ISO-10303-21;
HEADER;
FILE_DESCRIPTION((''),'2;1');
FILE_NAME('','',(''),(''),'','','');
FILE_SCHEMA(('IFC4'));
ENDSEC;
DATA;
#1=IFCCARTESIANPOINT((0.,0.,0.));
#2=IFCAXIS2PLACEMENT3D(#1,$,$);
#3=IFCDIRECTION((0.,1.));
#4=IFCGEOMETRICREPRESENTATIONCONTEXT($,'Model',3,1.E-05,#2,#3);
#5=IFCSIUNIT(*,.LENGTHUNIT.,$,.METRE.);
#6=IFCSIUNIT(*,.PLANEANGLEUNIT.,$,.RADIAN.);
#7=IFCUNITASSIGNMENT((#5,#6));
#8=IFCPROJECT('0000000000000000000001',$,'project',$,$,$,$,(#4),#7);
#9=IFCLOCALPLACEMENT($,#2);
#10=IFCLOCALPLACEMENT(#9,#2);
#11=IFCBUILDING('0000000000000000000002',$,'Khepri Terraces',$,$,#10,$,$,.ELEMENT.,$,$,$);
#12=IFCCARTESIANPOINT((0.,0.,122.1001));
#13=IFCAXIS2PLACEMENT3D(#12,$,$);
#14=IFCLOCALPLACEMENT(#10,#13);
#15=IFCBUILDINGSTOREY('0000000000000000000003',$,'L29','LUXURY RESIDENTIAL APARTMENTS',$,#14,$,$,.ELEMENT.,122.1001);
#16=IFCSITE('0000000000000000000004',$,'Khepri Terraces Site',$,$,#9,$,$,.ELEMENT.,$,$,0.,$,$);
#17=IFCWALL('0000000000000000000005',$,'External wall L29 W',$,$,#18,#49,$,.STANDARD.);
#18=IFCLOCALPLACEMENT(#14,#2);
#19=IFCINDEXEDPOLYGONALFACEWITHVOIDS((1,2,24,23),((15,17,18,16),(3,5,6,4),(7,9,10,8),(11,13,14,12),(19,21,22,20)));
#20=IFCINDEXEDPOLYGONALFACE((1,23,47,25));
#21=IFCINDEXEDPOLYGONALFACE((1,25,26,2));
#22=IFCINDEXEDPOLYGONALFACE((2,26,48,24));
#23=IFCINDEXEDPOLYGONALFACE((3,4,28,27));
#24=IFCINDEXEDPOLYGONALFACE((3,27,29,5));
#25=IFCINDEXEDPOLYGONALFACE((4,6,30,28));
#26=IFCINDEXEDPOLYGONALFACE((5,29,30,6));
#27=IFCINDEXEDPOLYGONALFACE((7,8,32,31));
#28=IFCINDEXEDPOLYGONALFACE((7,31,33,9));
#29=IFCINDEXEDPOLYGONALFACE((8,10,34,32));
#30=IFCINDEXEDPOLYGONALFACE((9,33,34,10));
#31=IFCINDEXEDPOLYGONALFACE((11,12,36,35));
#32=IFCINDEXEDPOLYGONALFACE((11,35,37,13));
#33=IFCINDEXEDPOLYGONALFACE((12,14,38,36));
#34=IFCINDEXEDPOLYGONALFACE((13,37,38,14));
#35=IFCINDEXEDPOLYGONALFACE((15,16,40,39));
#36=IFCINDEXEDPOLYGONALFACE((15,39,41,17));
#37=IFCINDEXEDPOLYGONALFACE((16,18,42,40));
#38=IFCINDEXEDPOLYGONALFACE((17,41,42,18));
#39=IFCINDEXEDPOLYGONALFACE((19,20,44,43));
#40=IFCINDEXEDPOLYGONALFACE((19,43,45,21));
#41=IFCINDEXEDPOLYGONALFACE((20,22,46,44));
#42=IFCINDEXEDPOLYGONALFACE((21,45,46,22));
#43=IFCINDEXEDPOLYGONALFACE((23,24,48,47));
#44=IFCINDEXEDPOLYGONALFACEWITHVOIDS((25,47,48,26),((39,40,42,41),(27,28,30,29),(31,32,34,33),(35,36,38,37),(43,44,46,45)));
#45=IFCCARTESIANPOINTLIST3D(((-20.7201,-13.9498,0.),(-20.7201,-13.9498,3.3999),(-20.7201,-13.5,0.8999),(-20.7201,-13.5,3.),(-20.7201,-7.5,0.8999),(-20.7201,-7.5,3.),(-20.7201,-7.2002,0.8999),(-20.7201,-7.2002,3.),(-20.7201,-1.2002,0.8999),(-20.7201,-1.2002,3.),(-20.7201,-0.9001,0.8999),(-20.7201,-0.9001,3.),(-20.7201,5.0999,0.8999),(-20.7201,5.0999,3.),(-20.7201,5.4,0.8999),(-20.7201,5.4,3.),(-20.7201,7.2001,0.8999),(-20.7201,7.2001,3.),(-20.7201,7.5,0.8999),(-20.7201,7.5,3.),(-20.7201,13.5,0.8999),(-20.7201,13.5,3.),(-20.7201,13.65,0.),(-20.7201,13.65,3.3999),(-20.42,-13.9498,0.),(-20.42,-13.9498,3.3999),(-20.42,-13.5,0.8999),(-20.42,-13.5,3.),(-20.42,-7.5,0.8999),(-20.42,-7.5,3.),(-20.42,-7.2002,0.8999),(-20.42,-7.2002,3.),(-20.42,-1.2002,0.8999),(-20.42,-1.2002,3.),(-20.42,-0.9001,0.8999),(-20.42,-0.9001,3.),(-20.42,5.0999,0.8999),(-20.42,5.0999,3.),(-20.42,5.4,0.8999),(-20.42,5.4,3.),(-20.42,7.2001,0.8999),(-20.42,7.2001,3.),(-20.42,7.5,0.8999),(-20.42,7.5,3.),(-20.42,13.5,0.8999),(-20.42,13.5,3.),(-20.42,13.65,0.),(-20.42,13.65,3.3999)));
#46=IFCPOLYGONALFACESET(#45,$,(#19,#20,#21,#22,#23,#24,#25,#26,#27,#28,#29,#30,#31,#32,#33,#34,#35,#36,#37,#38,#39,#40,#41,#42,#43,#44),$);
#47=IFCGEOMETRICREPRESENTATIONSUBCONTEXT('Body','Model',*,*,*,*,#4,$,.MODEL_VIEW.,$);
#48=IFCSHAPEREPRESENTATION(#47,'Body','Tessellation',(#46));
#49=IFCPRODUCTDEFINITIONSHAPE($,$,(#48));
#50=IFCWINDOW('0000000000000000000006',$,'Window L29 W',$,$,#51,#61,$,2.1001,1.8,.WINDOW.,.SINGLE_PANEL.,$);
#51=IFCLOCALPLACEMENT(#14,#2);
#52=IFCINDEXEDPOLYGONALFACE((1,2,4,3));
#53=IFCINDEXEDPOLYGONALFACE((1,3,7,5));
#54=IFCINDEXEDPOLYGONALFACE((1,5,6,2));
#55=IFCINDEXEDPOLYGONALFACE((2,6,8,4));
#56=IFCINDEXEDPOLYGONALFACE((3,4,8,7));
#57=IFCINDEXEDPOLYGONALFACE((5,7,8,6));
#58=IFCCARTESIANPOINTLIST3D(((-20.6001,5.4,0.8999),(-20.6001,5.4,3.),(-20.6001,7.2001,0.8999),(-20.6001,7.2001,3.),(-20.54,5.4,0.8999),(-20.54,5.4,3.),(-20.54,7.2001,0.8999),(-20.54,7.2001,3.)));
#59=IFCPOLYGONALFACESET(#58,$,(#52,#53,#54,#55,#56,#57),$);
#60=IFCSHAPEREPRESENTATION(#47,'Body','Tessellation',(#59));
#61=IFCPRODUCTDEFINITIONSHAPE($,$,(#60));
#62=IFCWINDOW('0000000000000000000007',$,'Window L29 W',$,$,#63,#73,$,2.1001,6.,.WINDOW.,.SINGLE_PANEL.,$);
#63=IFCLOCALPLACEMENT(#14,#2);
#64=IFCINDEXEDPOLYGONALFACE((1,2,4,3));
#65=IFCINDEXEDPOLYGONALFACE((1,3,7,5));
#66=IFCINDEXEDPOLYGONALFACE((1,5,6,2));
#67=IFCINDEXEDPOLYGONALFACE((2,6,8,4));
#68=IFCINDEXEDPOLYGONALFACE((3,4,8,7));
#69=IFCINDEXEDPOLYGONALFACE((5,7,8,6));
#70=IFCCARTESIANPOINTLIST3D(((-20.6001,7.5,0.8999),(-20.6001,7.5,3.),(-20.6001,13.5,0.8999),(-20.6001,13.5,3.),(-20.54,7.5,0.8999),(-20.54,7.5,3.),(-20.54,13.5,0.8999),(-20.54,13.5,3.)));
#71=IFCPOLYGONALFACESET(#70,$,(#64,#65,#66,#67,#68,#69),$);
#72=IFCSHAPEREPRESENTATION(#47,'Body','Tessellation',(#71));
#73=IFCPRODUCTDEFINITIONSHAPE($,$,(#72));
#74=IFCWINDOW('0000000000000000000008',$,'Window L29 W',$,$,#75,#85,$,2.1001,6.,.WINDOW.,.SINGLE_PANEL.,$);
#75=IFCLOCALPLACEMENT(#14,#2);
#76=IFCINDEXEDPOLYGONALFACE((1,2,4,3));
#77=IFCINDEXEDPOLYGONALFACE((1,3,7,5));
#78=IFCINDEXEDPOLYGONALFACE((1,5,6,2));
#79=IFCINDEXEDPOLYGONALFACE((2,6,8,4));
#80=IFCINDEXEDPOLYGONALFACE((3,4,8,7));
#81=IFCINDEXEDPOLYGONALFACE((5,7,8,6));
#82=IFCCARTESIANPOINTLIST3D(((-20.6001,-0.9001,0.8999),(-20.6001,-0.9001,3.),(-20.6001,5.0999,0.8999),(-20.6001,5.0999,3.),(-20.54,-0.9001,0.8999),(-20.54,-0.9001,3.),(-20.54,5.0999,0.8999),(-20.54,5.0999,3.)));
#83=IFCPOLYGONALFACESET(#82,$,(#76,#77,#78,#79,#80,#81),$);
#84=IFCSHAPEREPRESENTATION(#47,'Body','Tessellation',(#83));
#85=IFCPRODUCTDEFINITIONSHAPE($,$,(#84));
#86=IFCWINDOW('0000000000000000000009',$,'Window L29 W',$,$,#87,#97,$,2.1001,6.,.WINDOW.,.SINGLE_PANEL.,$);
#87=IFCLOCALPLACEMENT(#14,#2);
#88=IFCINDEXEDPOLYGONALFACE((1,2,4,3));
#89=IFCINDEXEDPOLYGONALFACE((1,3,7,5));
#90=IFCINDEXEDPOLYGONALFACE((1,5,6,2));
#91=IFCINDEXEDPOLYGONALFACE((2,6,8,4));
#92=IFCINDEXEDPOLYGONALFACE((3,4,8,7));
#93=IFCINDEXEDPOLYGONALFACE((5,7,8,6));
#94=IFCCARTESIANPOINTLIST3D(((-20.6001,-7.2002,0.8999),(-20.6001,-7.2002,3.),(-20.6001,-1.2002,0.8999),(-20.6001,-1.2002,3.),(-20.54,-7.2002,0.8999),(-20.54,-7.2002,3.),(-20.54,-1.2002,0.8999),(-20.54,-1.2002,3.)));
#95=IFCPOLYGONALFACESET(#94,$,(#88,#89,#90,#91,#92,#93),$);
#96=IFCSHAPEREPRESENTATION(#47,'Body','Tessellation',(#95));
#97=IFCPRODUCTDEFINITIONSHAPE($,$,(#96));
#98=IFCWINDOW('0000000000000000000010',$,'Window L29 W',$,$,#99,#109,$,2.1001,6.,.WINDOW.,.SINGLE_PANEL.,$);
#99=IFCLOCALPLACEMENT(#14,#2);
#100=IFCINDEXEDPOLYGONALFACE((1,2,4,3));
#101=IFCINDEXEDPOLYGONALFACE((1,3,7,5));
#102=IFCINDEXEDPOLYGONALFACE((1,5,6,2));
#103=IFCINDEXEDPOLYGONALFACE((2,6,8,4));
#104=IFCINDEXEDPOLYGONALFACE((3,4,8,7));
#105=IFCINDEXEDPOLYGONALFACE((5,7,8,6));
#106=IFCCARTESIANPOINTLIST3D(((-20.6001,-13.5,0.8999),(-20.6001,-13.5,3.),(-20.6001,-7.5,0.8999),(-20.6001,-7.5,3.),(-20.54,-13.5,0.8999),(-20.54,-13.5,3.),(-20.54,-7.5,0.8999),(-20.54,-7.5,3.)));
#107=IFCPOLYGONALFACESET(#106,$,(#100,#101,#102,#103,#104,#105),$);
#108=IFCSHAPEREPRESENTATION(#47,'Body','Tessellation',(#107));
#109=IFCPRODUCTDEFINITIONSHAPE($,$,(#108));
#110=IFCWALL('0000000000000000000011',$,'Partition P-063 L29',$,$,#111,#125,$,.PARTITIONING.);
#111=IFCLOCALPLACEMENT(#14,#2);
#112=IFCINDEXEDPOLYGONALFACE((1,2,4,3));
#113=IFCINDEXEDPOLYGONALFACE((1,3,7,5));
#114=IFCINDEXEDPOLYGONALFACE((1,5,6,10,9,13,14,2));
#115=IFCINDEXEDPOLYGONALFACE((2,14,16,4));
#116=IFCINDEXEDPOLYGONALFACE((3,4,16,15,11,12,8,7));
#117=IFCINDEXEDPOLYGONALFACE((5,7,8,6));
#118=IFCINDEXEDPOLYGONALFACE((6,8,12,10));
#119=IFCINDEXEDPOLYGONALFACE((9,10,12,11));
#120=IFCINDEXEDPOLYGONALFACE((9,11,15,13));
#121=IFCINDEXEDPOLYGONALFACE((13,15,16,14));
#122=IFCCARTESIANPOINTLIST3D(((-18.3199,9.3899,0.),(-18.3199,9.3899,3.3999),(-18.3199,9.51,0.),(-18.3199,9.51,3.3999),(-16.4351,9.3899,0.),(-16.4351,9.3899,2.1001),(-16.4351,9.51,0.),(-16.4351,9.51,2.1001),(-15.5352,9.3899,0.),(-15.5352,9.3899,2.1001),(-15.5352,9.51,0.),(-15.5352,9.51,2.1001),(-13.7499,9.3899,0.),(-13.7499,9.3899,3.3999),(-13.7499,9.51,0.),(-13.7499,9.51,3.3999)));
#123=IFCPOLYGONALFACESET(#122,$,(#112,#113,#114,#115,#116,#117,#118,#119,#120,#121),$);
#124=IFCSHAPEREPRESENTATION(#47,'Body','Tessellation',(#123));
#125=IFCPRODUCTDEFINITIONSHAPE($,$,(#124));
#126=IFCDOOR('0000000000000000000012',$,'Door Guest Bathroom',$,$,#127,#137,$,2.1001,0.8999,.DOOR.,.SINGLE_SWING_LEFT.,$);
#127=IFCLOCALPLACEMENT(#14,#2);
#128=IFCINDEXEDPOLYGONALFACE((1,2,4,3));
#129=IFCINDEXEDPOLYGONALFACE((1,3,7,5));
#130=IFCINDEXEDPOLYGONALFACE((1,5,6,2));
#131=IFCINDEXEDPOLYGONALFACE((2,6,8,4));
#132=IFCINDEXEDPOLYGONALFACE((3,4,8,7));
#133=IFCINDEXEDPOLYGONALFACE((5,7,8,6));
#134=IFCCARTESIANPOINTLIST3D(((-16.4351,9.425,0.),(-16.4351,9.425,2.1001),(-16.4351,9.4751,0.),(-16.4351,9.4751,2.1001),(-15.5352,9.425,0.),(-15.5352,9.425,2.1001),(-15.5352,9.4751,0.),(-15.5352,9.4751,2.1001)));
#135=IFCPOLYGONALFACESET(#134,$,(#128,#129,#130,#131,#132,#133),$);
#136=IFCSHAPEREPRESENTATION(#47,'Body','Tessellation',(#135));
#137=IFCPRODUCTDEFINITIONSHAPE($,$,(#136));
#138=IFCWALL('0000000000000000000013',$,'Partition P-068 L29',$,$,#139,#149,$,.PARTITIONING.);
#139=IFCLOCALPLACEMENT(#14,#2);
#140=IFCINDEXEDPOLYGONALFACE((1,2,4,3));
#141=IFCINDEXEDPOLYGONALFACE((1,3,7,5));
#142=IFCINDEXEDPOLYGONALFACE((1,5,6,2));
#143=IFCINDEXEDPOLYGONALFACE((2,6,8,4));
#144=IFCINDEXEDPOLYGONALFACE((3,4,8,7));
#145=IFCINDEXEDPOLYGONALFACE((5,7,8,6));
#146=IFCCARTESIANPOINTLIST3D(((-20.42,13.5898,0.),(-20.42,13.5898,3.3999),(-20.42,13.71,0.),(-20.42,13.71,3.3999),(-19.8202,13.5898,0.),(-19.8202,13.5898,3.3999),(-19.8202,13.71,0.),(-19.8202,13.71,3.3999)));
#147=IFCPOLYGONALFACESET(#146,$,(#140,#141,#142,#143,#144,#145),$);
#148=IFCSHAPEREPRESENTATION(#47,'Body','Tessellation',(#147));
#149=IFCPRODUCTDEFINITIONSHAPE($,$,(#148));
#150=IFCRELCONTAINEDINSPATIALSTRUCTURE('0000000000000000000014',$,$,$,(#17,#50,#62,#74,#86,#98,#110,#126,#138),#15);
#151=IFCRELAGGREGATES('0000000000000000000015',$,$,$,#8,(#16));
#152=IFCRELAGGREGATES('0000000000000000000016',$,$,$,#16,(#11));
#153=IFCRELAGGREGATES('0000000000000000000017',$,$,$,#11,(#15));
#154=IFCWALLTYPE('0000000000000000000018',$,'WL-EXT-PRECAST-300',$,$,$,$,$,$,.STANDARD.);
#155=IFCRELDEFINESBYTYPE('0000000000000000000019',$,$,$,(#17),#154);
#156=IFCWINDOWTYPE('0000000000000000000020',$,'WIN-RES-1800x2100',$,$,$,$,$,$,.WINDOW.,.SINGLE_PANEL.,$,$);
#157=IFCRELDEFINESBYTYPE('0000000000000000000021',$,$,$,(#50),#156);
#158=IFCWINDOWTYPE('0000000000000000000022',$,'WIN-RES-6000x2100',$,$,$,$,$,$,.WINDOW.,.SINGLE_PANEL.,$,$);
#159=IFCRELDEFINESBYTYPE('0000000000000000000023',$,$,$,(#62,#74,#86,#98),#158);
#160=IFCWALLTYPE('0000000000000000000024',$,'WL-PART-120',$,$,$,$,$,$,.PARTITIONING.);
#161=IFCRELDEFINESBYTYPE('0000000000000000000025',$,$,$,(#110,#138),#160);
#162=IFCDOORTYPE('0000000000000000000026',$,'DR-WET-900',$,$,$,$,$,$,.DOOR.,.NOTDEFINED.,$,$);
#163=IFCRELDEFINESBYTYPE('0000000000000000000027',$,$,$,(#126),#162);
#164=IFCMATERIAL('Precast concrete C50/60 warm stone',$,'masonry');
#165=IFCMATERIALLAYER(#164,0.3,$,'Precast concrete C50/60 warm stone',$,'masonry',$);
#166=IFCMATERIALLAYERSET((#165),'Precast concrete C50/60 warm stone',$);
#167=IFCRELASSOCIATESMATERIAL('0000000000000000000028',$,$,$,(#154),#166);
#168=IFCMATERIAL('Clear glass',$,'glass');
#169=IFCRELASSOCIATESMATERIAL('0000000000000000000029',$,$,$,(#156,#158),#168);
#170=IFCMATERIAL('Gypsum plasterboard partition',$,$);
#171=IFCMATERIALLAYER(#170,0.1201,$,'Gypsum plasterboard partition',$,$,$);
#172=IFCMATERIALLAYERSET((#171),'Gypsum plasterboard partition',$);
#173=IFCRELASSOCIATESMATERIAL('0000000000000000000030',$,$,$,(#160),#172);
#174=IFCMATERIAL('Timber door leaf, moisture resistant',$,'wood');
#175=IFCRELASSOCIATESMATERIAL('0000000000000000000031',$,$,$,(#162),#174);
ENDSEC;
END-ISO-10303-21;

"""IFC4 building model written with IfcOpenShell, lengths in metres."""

from ifc_helpers import new_model, si_unit, direction, frame, frame_2d, origin, place, context, subcontext, project, spatial, rectangle, extrude, material, layer, layer_set, type_object, element, fill, save


model = new_model("IFC4")

# Units and contexts
model_context = context("Model", 3, precision=1e-05, world=origin(), true_north=direction((0.0, 1.0)))
body_context = subcontext(model_context, "Body", "Model", "MODEL_VIEW")
ifc_project = project(units=[si_unit("LENGTHUNIT", "METRE"), si_unit("PLANEANGLEUNIT", "RADIAN")], contexts=[model_context])

# Site, building, storey
site_placement = place(None, origin())
site = spatial("IfcSite", under=ifc_project, at=site_placement, Name="Khepri Terraces Site", CompositionType="ELEMENT", RefElevation=0.0)
building_placement = place(site_placement, origin())
building = spatial("IfcBuilding", under=site, at=building_placement, Name="Khepri Terraces", CompositionType="ELEMENT")
storey_placement = place(building_placement, frame((0.0, 0.0, 122.1001)))
storey = spatial("IfcBuildingStorey", under=building, at=storey_placement, Name="L29", Description="LUXURY RESIDENTIAL APARTMENTS", CompositionType="ELEMENT", Elevation=122.1001)

# Shared definitions
ifc_material_1 = material(Name="Precast concrete C50/60 warm stone", Category="masonry")
ifc_layer_1 = layer(ifc_material_1, 0.3, Name="Precast concrete C50/60 warm stone", Category="masonry")
ifc_layer_set_1 = layer_set([ifc_layer_1], Name="Precast concrete C50/60 warm stone")
wall_type_1 = type_object("IfcWallType", Name="WL-EXT-PRECAST-300", PredefinedType="STANDARD", material=ifc_layer_set_1)
ifc_material_2 = material(Name="Clear glass", Category="glass")
window_type_1 = type_object("IfcWindowType", Name="WIN-RES-1800x2100", PartitioningType="SINGLE_PANEL", PredefinedType="WINDOW", material=ifc_material_2)

# Wall, openings, windows
wall_1_placement = place(storey_placement, frame((-20.5701, 13.6499, 0.0), z_axis=(0.0, 0.0, 1.0), x_axis=(0.0, -1.0, 0.0)))
wall_1 = element("IfcWall", 1, at=wall_1_placement, inside=storey, type_object=wall_type_1, Name="External wall L29 W", PredefinedType="STANDARD", context=body_context, shape_type="SweptSolid", body=[
    extrude(rectangle(XDim=27.5999, YDim=0.3, at=frame_2d((13.7998, 0.0))), origin(), (0.0, 0.0, 1.0), 3.3999),
])
opening_1_placement = place(wall_1_placement, frame((0.1499, 0.0, 0.8999)))
opening_1 = element("IfcOpeningElement", 2, at=opening_1_placement, cuts=wall_1, PredefinedType="OPENING", context=body_context, shape_type="SweptSolid", body=[
    extrude(rectangle(XDim=6.0, YDim=2.1001, at=frame_2d((3.0, 1.05))), frame((0.0, 0.1602, 0.0), z_axis=(0.0, -1.0, 0.0), x_axis=(1.0, 0.0, 0.0)), (0.0, 0.0, 1.0), 0.3201),
])
opening_2_placement = place(wall_1_placement, frame((6.45, 0.0, 0.8999)))
opening_2 = element("IfcOpeningElement", 3, at=opening_2_placement, cuts=wall_1, PredefinedType="OPENING", context=body_context, shape_type="SweptSolid", body=[
    extrude(rectangle(XDim=1.8, YDim=2.1001, at=frame_2d((0.8999, 1.05))), frame((0.0, 0.1602, 0.0), z_axis=(0.0, -1.0, 0.0), x_axis=(1.0, 0.0, 0.0)), (0.0, 0.0, 1.0), 0.3201),
])
opening_3_placement = place(wall_1_placement, frame((8.55, 0.0, 0.8999)))
opening_3 = element("IfcOpeningElement", 4, at=opening_3_placement, cuts=wall_1, PredefinedType="OPENING", context=body_context, shape_type="SweptSolid", body=[
    extrude(rectangle(XDim=6.0, YDim=2.1001, at=frame_2d((3.0, 1.05))), frame((0.0, 0.1602, 0.0), z_axis=(0.0, -1.0, 0.0), x_axis=(1.0, 0.0, 0.0)), (0.0, 0.0, 1.0), 0.3201),
])
opening_4_placement = place(wall_1_placement, frame((14.8501, 0.0, 0.8999)))
opening_4 = element("IfcOpeningElement", 5, at=opening_4_placement, cuts=wall_1, PredefinedType="OPENING", context=body_context, shape_type="SweptSolid", body=[
    extrude(rectangle(XDim=6.0, YDim=2.1001, at=frame_2d((3.0, 1.05))), frame((0.0, 0.1602, 0.0), z_axis=(0.0, -1.0, 0.0), x_axis=(1.0, 0.0, 0.0)), (0.0, 0.0, 1.0), 0.3201),
])
opening_5_placement = place(wall_1_placement, frame((21.1499, 0.0, 0.8999)))
opening_5 = element("IfcOpeningElement", 6, at=opening_5_placement, cuts=wall_1, PredefinedType="OPENING", context=body_context, shape_type="SweptSolid", body=[
    extrude(rectangle(XDim=6.0, YDim=2.1001, at=frame_2d((3.0, 1.05))), frame((0.0, 0.1602, 0.0), z_axis=(0.0, -1.0, 0.0), x_axis=(1.0, 0.0, 0.0)), (0.0, 0.0, 1.0), 0.3201),
])
window_1_placement = place(opening_2_placement, origin())
window_1 = element("IfcWindow", 7, at=window_1_placement, inside=storey, type_object=window_type_1, Name="Window L29 W", OverallHeight=2.1001, OverallWidth=1.8, PartitioningType="SINGLE_PANEL", PredefinedType="WINDOW", context=body_context, shape_type="SweptSolid", body=[
    extrude(rectangle(XDim=1.8, YDim=2.1001, at=frame_2d((0.8999, 1.05))), frame((0.0, 0.03, 0.0), z_axis=(0.0, -1.0, 0.0), x_axis=(1.0, 0.0, 0.0)), (0.0, 0.0, 1.0), 0.0601),
])
fill(opening_2, window_1)
window_type_2 = type_object("IfcWindowType", Name="WIN-RES-6000x2100", PartitioningType="SINGLE_PANEL", PredefinedType="WINDOW", material=ifc_material_2)
window_2_placement = place(opening_1_placement, origin())
window_2 = element("IfcWindow", 8, at=window_2_placement, inside=storey, type_object=window_type_2, Name="Window L29 W", OverallHeight=2.1001, OverallWidth=6.0, PartitioningType="SINGLE_PANEL", PredefinedType="WINDOW", context=body_context, shape_type="SweptSolid", body=[
    extrude(rectangle(XDim=6.0, YDim=2.1001, at=frame_2d((3.0, 1.05))), frame((0.0, 0.03, 0.0), z_axis=(0.0, -1.0, 0.0), x_axis=(1.0, 0.0, 0.0)), (0.0, 0.0, 1.0), 0.0601),
])
fill(opening_1, window_2)
window_3_placement = place(opening_3_placement, origin())
window_3 = element("IfcWindow", 9, at=window_3_placement, inside=storey, type_object=window_type_2, Name="Window L29 W", OverallHeight=2.1001, OverallWidth=6.0, PartitioningType="SINGLE_PANEL", PredefinedType="WINDOW", context=body_context, shape_type="SweptSolid", body=[
    extrude(rectangle(XDim=6.0, YDim=2.1001, at=frame_2d((3.0, 1.05))), frame((0.0, 0.03, 0.0), z_axis=(0.0, -1.0, 0.0), x_axis=(1.0, 0.0, 0.0)), (0.0, 0.0, 1.0), 0.0601),
])
fill(opening_3, window_3)
window_4_placement = place(opening_4_placement, origin())
window_4 = element("IfcWindow", 10, at=window_4_placement, inside=storey, type_object=window_type_2, Name="Window L29 W", OverallHeight=2.1001, OverallWidth=6.0, PartitioningType="SINGLE_PANEL", PredefinedType="WINDOW", context=body_context, shape_type="SweptSolid", body=[
    extrude(rectangle(XDim=6.0, YDim=2.1001, at=frame_2d((3.0, 1.05))), frame((0.0, 0.03, 0.0), z_axis=(0.0, -1.0, 0.0), x_axis=(1.0, 0.0, 0.0)), (0.0, 0.0, 1.0), 0.0601),
])
fill(opening_4, window_4)
window_5_placement = place(opening_5_placement, origin())
window_5 = element("IfcWindow", 11, at=window_5_placement, inside=storey, type_object=window_type_2, Name="Window L29 W", OverallHeight=2.1001, OverallWidth=6.0, PartitioningType="SINGLE_PANEL", PredefinedType="WINDOW", context=body_context, shape_type="SweptSolid", body=[
    extrude(rectangle(XDim=6.0, YDim=2.1001, at=frame_2d((3.0, 1.05))), frame((0.0, 0.03, 0.0), z_axis=(0.0, -1.0, 0.0), x_axis=(1.0, 0.0, 0.0)), (0.0, 0.0, 1.0), 0.0601),
])
fill(opening_5, window_5)

# Wall, opening, door
ifc_material_3 = material(Name="Gypsum plasterboard partition")
ifc_layer_2 = layer(ifc_material_3, 0.1201, Name="Gypsum plasterboard partition")
ifc_layer_set_2 = layer_set([ifc_layer_2], Name="Gypsum plasterboard partition")
wall_type_2 = type_object("IfcWallType", Name="WL-PART-120", PredefinedType="PARTITIONING", material=ifc_layer_set_2)
wall_2_placement = place(storey_placement, frame((-18.3201, 9.45, 0.0), z_axis=(0.0, 0.0, 1.0), x_axis=(1.0, 0.0, 0.0)))
wall_2 = element("IfcWall", 12, at=wall_2_placement, inside=storey, type_object=wall_type_2, Name="Partition P-063 L29", PredefinedType="PARTITIONING", context=body_context, shape_type="SweptSolid", body=[
    extrude(rectangle(XDim=4.5701, YDim=0.1201, at=frame_2d((2.2852, 0.0))), origin(), (0.0, 0.0, 1.0), 3.3999),
])
opening_6_placement = place(wall_2_placement, frame((1.885, 0.0, 0.0)))
opening_6 = element("IfcOpeningElement", 13, at=opening_6_placement, cuts=wall_2, PredefinedType="OPENING", context=body_context, shape_type="SweptSolid", body=[
    extrude(rectangle(XDim=0.8999, YDim=2.1001, at=frame_2d((0.45, 1.05))), frame((0.0, 0.0701, 0.0), z_axis=(0.0, -1.0, 0.0), x_axis=(1.0, 0.0, 0.0)), (0.0, 0.0, 1.0), 0.1401),
])
ifc_material_4 = material(Name="Timber door leaf, moisture resistant", Category="wood")
door_type_1 = type_object("IfcDoorType", Name="DR-WET-900", OperationType="NOTDEFINED", PredefinedType="DOOR", material=ifc_material_4)
door_1_placement = place(opening_6_placement, frame((0.8999, 0.0, 0.0), z_axis=(0.0, 0.0, 1.0), x_axis=(-1.0, 0.0, 0.0)))
door_1 = element("IfcDoor", 14, at=door_1_placement, inside=storey, type_object=door_type_1, Name="Door Guest Bathroom", OperationType="SINGLE_SWING_LEFT", OverallHeight=2.1001, OverallWidth=0.8999, PredefinedType="DOOR", context=body_context, shape_type="SweptSolid", body=[
    extrude(rectangle(XDim=0.8999, YDim=2.1001, at=frame_2d((0.45, 1.05))), frame((0.0, 0.0249, 0.0), z_axis=(0.0, -1.0, 0.0), x_axis=(1.0, 0.0, 0.0)), (0.0, 0.0, 1.0), 0.05),
])
fill(opening_6, door_1)

# Wall
wall_3_placement = place(storey_placement, frame((-20.4199, 13.6499, 0.0), z_axis=(0.0, 0.0, 1.0), x_axis=(1.0, 0.0, 0.0)))
element("IfcWall", 15, at=wall_3_placement, inside=storey, type_object=wall_type_2, Name="Partition P-068 L29", PredefinedType="PARTITIONING", context=body_context, shape_type="SweptSolid", body=[
    extrude(rectangle(XDim=0.5999, YDim=0.1201, at=frame_2d((0.2998, 0.0))), origin(), (0.0, 0.0, 1.0), 3.3999),
])

save(model, "model.ifc")
